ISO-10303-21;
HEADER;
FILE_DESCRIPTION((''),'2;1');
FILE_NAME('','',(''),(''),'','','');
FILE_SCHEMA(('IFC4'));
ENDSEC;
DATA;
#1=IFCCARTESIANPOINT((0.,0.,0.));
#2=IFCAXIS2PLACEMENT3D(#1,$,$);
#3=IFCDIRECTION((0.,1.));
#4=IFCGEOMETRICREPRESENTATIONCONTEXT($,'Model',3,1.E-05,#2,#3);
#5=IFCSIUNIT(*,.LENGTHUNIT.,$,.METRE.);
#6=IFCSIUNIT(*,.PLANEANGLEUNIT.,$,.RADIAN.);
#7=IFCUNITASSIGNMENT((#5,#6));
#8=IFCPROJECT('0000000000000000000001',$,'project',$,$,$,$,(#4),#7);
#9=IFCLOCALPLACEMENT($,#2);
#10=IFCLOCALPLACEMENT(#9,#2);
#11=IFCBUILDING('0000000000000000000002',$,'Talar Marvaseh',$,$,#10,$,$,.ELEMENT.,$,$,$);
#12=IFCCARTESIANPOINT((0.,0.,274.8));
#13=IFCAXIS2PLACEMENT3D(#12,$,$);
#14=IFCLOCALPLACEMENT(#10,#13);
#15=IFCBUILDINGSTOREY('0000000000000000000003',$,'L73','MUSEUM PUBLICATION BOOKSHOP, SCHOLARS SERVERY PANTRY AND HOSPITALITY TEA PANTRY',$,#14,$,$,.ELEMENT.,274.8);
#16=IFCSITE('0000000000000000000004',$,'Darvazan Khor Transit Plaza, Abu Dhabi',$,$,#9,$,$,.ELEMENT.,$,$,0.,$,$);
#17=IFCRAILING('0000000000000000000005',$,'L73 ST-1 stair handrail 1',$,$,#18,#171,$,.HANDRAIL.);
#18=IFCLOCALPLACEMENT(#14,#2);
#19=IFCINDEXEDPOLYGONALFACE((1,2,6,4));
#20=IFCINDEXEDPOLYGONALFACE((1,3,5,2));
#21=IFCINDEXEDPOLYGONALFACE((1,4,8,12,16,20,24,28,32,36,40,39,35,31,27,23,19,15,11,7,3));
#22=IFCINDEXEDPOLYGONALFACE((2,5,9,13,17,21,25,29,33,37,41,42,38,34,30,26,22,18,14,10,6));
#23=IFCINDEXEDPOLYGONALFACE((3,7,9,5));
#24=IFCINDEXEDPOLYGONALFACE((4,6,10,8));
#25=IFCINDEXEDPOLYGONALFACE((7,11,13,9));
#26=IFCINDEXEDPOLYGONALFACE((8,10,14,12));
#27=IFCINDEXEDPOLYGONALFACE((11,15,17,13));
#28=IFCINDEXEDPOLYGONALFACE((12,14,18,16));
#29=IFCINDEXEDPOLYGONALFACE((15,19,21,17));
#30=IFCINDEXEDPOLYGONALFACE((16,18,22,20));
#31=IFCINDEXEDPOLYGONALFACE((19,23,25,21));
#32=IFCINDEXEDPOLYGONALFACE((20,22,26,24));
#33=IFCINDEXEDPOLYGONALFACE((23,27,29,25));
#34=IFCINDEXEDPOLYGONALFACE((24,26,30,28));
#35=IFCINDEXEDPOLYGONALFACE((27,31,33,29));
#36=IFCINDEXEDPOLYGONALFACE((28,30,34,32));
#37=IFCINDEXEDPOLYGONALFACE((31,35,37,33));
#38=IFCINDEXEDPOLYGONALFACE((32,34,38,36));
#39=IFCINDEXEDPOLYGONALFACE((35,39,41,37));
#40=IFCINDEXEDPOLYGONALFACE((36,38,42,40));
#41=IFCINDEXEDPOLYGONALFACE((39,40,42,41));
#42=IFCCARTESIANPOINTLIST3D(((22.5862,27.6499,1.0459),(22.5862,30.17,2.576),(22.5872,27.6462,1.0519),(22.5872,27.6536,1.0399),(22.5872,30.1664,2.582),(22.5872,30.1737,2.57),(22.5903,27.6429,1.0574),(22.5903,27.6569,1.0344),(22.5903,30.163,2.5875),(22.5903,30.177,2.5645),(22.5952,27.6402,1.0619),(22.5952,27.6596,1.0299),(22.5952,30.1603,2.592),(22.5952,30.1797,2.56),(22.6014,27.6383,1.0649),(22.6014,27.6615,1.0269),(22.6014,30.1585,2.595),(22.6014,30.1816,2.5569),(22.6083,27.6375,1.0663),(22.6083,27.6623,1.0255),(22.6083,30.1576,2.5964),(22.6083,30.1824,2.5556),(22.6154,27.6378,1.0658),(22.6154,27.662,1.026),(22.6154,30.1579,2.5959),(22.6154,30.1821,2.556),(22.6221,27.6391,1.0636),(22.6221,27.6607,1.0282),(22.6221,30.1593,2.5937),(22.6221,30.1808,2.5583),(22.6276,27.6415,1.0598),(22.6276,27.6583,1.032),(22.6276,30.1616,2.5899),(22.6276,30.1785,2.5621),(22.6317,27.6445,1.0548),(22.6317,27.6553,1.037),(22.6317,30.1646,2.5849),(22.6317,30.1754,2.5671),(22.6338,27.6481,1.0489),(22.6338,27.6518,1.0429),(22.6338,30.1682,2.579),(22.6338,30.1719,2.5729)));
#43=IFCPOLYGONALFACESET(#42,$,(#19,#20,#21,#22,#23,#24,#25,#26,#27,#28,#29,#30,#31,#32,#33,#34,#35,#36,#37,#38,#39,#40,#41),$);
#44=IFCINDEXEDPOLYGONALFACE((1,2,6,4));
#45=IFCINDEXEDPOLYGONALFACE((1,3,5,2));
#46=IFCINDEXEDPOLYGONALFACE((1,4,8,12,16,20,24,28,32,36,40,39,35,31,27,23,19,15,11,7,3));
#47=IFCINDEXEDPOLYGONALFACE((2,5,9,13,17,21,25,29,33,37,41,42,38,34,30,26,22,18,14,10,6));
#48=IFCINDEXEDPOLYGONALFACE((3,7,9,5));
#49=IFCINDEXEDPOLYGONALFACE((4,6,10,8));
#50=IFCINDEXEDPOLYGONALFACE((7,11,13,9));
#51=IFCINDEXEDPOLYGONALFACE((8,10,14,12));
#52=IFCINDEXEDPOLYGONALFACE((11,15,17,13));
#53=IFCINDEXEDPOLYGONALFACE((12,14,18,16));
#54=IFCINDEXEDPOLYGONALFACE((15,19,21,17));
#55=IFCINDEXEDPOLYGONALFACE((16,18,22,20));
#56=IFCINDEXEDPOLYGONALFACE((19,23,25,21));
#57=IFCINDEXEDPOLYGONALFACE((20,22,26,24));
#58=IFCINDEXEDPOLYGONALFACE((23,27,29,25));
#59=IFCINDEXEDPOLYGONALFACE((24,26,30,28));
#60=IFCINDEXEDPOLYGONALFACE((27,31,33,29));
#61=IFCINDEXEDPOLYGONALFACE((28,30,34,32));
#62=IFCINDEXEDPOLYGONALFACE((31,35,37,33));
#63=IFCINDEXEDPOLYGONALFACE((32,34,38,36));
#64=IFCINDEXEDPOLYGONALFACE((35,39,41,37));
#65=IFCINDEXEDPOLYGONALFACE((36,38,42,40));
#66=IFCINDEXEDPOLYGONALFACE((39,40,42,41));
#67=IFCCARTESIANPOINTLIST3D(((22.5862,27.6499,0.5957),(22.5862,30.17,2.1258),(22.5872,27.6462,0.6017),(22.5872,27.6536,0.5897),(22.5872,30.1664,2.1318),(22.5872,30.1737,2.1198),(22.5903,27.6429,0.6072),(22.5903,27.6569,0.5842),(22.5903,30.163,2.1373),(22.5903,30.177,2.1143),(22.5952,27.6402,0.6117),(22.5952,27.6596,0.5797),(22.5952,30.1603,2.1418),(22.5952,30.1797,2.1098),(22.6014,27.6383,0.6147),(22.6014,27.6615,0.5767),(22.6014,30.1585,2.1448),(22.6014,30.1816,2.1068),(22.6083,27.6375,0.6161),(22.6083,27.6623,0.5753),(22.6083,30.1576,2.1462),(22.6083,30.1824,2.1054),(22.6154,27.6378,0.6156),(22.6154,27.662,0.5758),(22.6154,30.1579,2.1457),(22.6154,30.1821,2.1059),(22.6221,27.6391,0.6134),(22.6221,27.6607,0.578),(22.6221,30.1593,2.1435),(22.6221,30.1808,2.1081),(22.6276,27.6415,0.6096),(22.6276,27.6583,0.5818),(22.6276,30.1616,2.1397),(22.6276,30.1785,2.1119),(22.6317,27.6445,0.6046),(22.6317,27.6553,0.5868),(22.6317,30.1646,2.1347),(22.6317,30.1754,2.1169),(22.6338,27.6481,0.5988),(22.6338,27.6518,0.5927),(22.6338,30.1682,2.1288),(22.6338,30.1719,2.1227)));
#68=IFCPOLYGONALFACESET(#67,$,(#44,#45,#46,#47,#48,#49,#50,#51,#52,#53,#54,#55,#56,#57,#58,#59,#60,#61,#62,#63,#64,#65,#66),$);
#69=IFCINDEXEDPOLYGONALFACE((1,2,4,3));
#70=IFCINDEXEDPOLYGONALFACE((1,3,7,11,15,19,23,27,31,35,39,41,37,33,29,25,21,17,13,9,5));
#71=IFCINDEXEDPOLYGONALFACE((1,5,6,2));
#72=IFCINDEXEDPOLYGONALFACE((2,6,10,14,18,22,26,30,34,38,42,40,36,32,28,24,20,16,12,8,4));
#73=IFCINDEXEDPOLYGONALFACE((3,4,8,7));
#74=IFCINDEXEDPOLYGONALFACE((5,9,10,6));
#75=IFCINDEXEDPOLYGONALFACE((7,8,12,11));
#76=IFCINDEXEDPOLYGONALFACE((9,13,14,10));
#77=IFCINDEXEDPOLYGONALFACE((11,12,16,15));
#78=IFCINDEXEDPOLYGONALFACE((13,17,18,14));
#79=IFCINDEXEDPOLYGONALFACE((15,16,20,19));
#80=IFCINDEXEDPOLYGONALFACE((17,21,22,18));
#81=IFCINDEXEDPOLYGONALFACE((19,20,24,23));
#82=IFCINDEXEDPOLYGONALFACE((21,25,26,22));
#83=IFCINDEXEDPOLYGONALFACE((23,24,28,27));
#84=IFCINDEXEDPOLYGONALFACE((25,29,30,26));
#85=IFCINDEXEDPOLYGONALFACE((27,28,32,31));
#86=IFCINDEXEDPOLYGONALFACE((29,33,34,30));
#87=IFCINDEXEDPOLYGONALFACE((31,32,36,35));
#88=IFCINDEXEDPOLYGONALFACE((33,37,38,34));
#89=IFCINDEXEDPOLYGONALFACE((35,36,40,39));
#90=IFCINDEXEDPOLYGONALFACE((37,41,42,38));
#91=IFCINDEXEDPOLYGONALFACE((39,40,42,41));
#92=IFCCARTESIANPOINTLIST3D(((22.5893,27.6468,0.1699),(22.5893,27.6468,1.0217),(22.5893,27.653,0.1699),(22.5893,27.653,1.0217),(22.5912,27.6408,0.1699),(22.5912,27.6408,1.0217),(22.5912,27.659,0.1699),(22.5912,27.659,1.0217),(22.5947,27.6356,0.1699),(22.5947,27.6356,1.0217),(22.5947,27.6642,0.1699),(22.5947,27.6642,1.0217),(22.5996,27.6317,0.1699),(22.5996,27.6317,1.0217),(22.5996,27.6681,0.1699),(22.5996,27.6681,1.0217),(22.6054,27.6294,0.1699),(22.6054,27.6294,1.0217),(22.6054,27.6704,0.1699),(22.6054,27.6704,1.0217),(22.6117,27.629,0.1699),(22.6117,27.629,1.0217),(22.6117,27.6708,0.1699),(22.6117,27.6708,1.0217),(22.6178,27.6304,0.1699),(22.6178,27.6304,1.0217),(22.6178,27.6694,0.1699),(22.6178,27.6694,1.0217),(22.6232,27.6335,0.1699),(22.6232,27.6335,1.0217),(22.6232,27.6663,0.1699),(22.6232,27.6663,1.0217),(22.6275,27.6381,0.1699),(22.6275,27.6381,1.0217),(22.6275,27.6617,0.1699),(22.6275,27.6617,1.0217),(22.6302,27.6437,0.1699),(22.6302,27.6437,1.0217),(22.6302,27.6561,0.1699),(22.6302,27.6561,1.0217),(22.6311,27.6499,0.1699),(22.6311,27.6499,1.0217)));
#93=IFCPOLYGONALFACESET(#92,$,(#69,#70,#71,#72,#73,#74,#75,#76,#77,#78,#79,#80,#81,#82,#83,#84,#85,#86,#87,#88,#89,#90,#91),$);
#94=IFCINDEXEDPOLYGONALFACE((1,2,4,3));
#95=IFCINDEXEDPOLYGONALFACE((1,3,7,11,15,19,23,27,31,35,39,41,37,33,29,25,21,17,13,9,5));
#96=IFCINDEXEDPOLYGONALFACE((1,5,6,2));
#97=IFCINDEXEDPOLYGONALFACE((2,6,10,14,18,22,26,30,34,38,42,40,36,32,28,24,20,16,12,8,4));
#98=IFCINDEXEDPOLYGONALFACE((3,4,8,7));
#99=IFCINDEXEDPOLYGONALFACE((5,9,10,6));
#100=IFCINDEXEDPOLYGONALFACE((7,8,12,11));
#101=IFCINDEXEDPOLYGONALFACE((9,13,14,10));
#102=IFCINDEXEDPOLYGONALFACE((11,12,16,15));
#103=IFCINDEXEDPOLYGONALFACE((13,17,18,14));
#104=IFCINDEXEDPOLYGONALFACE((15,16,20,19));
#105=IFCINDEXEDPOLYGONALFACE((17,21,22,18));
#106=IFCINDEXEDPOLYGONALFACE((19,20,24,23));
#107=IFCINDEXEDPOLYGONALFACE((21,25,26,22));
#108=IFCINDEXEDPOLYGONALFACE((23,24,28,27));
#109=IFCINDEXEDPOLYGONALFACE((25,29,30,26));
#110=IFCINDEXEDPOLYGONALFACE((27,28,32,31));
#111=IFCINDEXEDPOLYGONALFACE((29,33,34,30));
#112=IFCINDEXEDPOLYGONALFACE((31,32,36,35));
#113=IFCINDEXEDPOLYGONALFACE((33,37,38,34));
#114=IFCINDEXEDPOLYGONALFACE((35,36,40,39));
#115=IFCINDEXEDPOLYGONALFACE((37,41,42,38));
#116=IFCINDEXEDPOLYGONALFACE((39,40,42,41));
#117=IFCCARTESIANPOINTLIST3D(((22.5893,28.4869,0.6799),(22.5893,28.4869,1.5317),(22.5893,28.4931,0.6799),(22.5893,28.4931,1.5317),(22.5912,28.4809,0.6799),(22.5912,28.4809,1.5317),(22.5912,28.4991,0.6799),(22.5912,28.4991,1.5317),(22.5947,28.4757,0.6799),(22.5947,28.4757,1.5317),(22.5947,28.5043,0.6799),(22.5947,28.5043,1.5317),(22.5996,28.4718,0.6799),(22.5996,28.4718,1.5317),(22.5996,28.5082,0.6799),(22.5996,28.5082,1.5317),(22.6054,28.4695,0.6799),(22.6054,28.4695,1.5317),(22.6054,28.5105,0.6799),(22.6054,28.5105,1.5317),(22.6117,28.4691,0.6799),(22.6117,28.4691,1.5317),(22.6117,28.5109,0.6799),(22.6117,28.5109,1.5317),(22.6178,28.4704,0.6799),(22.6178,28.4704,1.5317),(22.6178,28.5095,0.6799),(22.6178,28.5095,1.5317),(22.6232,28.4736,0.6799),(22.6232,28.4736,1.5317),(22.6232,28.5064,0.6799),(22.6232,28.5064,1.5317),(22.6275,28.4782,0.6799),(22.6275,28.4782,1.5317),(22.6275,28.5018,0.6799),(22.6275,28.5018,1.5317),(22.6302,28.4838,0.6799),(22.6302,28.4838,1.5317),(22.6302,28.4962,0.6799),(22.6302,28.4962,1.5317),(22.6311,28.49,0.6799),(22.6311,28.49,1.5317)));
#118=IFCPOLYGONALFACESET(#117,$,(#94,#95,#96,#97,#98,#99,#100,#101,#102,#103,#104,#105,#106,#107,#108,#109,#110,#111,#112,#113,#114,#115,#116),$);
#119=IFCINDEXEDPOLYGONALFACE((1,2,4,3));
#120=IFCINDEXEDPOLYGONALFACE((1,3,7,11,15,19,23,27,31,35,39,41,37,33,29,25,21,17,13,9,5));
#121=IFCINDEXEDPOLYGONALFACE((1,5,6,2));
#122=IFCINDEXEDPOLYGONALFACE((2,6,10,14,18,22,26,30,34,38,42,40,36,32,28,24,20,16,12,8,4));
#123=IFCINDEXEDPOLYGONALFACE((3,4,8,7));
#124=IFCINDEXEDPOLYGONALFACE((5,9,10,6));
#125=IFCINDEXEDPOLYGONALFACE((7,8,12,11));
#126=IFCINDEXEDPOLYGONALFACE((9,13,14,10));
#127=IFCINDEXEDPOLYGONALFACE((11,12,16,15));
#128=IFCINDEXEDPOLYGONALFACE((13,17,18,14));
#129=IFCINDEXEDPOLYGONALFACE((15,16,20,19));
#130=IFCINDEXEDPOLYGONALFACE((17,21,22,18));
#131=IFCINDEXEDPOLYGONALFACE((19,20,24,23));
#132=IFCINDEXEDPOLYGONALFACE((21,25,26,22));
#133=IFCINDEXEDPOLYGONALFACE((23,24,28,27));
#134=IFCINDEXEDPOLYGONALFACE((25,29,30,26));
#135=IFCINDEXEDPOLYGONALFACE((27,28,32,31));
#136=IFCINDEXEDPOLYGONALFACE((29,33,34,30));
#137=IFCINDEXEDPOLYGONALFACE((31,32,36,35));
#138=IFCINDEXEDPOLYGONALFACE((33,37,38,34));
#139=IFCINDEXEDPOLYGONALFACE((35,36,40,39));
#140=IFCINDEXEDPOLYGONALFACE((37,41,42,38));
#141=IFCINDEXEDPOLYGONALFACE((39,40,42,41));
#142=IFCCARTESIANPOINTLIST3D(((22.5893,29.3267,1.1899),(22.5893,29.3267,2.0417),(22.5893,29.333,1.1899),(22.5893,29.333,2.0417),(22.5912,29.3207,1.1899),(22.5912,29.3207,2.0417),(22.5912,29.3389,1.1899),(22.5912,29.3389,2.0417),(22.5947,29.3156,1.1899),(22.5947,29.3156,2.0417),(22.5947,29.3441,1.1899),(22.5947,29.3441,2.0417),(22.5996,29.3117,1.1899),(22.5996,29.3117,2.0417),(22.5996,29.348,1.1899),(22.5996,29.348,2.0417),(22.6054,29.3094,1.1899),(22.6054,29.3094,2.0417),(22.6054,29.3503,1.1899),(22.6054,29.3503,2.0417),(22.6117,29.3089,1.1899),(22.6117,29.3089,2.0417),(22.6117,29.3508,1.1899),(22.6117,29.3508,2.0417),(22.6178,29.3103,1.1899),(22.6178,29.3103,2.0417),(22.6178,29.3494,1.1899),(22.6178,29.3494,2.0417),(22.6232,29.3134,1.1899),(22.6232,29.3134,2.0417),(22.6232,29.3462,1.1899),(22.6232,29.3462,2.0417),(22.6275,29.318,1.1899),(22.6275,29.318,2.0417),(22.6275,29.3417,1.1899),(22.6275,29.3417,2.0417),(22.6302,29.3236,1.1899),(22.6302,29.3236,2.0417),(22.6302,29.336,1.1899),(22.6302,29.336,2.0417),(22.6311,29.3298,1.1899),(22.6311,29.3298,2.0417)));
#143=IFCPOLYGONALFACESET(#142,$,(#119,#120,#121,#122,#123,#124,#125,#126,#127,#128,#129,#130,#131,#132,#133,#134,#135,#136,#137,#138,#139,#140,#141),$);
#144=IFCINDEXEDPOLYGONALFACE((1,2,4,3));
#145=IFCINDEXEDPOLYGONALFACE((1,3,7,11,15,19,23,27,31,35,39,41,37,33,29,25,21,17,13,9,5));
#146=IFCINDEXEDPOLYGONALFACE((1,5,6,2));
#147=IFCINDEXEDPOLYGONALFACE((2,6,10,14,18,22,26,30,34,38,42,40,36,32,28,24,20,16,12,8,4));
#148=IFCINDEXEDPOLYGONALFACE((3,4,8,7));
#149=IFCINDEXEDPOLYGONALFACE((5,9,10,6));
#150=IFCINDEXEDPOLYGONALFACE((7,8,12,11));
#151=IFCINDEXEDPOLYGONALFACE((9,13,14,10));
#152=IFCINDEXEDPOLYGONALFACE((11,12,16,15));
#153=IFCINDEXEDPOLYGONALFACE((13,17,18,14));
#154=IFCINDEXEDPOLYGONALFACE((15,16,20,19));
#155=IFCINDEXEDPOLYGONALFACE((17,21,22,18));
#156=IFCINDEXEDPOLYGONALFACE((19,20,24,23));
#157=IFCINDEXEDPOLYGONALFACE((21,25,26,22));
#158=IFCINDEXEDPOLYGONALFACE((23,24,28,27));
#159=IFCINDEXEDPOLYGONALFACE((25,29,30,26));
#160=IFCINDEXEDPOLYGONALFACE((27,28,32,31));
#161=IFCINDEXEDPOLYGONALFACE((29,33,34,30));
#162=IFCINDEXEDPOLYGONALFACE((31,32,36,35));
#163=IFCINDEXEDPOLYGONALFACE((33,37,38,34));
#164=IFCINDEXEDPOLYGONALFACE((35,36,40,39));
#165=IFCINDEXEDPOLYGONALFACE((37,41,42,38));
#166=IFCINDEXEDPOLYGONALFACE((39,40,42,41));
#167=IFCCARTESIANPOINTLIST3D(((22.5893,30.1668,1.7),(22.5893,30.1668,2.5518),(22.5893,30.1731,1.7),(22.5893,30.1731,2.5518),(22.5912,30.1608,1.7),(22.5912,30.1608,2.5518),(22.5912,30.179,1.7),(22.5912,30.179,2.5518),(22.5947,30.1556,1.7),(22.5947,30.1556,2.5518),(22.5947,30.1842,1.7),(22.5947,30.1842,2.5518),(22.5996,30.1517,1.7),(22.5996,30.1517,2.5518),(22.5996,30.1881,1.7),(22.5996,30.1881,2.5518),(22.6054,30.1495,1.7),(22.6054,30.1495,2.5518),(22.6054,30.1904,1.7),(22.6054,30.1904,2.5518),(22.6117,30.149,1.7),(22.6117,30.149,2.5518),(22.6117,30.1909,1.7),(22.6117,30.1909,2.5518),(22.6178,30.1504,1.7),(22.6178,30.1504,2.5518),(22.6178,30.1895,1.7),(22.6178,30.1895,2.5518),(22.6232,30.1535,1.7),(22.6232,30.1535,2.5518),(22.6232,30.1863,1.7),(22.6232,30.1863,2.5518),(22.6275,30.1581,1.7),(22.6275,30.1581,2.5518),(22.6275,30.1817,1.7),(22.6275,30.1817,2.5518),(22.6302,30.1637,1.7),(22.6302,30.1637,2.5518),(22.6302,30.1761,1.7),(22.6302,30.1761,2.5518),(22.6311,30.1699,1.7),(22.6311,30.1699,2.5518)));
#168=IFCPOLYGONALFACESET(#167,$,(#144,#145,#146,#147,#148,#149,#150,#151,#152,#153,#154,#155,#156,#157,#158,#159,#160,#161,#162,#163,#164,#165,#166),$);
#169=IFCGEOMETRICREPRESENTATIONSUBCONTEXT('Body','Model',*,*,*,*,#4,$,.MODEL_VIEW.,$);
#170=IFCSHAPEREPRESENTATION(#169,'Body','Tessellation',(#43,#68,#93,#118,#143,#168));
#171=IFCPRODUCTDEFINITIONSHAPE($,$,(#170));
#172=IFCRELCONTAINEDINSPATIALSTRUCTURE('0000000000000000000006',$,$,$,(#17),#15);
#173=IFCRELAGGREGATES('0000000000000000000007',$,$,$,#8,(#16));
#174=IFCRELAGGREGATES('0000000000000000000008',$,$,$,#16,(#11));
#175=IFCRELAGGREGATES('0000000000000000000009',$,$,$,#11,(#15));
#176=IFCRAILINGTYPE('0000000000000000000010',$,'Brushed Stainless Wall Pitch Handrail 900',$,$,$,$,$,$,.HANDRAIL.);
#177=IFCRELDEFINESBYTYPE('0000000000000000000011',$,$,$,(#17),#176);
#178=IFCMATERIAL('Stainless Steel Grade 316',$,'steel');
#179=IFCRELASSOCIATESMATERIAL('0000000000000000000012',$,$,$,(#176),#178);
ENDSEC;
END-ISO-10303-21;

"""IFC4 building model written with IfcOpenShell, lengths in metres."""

from ifc_helpers import new_model, si_unit, direction, frame, origin, origin_2d, place, context, subcontext, project, spatial, circle, extrude, material, type_object, element, save


model = new_model("IFC4")

# Units and contexts
model_context = context("Model", 3, precision=1e-05, world=origin(), true_north=direction((0.0, 1.0)))
body_context = subcontext(model_context, "Body", "Model", "MODEL_VIEW")
ifc_project = project(units=[si_unit("LENGTHUNIT", "METRE"), si_unit("PLANEANGLEUNIT", "RADIAN")], contexts=[model_context])

# Site, building, storey
site_placement = place(None, origin())
site = spatial("IfcSite", under=ifc_project, at=site_placement, Name="Darvazan Khor Transit Plaza, Abu Dhabi", CompositionType="ELEMENT", RefElevation=0.0)
building_placement = place(site_placement, origin())
building = spatial("IfcBuilding", under=site, at=building_placement, Name="Talar Marvaseh", CompositionType="ELEMENT")
storey_placement = place(building_placement, frame((0.0, 0.0, 274.8)))
storey = spatial("IfcBuildingStorey", under=building, at=storey_placement, Name="L73", Description="MUSEUM PUBLICATION BOOKSHOP, SCHOLARS SERVERY PANTRY AND HOSPITALITY TEA PANTRY", CompositionType="ELEMENT", Elevation=274.8)

# Railing
ifc_material_1 = material(Name="Stainless Steel Grade 316", Category="steel")
railing_type_1 = type_object("IfcRailingType", Name="Brushed Stainless Wall Pitch Handrail 900", PredefinedType="HANDRAIL", material=ifc_material_1)
railing_1_placement = place(storey_placement, frame((22.6101, 27.6499, 0.1699)))
element("IfcRailing", 1, at=railing_1_placement, inside=storey, type_object=railing_type_1, Name="L73 ST-1 stair handrail 1", PredefinedType="HANDRAIL", context=body_context, shape_type="SweptSolid", body=[
    extrude(circle(Radius=0.0239, at=origin_2d()), frame((0.0, 0.0, 0.876), z_axis=(0.0, 0.854785, 0.518982), x_axis=(-1.0, 0.0, 0.0)), (0.0, 0.0, 1.0), 2.9482),
    extrude(circle(Radius=0.0239, at=origin_2d()), frame((0.0, 0.0, 0.4258), z_axis=(0.0, 0.854785, 0.518982), x_axis=(-1.0, 0.0, 0.0)), (0.0, 0.0, 1.0), 2.9482),
    extrude(circle(Radius=0.021, at=origin_2d()), origin(), (0.0, 0.0, 1.0), 0.8518),
    extrude(circle(Radius=0.021, at=origin_2d()), frame((0.0, 0.8401, 0.51)), (0.0, 0.0, 1.0), 0.8518),
    extrude(circle(Radius=0.021, at=origin_2d()), frame((0.0, 1.6799, 1.02)), (0.0, 0.0, 1.0), 0.8518),
    extrude(circle(Radius=0.021, at=origin_2d()), frame((0.0, 2.52, 1.53)), (0.0, 0.0, 1.0), 0.8518),
])

save(model, "model.ifc")
